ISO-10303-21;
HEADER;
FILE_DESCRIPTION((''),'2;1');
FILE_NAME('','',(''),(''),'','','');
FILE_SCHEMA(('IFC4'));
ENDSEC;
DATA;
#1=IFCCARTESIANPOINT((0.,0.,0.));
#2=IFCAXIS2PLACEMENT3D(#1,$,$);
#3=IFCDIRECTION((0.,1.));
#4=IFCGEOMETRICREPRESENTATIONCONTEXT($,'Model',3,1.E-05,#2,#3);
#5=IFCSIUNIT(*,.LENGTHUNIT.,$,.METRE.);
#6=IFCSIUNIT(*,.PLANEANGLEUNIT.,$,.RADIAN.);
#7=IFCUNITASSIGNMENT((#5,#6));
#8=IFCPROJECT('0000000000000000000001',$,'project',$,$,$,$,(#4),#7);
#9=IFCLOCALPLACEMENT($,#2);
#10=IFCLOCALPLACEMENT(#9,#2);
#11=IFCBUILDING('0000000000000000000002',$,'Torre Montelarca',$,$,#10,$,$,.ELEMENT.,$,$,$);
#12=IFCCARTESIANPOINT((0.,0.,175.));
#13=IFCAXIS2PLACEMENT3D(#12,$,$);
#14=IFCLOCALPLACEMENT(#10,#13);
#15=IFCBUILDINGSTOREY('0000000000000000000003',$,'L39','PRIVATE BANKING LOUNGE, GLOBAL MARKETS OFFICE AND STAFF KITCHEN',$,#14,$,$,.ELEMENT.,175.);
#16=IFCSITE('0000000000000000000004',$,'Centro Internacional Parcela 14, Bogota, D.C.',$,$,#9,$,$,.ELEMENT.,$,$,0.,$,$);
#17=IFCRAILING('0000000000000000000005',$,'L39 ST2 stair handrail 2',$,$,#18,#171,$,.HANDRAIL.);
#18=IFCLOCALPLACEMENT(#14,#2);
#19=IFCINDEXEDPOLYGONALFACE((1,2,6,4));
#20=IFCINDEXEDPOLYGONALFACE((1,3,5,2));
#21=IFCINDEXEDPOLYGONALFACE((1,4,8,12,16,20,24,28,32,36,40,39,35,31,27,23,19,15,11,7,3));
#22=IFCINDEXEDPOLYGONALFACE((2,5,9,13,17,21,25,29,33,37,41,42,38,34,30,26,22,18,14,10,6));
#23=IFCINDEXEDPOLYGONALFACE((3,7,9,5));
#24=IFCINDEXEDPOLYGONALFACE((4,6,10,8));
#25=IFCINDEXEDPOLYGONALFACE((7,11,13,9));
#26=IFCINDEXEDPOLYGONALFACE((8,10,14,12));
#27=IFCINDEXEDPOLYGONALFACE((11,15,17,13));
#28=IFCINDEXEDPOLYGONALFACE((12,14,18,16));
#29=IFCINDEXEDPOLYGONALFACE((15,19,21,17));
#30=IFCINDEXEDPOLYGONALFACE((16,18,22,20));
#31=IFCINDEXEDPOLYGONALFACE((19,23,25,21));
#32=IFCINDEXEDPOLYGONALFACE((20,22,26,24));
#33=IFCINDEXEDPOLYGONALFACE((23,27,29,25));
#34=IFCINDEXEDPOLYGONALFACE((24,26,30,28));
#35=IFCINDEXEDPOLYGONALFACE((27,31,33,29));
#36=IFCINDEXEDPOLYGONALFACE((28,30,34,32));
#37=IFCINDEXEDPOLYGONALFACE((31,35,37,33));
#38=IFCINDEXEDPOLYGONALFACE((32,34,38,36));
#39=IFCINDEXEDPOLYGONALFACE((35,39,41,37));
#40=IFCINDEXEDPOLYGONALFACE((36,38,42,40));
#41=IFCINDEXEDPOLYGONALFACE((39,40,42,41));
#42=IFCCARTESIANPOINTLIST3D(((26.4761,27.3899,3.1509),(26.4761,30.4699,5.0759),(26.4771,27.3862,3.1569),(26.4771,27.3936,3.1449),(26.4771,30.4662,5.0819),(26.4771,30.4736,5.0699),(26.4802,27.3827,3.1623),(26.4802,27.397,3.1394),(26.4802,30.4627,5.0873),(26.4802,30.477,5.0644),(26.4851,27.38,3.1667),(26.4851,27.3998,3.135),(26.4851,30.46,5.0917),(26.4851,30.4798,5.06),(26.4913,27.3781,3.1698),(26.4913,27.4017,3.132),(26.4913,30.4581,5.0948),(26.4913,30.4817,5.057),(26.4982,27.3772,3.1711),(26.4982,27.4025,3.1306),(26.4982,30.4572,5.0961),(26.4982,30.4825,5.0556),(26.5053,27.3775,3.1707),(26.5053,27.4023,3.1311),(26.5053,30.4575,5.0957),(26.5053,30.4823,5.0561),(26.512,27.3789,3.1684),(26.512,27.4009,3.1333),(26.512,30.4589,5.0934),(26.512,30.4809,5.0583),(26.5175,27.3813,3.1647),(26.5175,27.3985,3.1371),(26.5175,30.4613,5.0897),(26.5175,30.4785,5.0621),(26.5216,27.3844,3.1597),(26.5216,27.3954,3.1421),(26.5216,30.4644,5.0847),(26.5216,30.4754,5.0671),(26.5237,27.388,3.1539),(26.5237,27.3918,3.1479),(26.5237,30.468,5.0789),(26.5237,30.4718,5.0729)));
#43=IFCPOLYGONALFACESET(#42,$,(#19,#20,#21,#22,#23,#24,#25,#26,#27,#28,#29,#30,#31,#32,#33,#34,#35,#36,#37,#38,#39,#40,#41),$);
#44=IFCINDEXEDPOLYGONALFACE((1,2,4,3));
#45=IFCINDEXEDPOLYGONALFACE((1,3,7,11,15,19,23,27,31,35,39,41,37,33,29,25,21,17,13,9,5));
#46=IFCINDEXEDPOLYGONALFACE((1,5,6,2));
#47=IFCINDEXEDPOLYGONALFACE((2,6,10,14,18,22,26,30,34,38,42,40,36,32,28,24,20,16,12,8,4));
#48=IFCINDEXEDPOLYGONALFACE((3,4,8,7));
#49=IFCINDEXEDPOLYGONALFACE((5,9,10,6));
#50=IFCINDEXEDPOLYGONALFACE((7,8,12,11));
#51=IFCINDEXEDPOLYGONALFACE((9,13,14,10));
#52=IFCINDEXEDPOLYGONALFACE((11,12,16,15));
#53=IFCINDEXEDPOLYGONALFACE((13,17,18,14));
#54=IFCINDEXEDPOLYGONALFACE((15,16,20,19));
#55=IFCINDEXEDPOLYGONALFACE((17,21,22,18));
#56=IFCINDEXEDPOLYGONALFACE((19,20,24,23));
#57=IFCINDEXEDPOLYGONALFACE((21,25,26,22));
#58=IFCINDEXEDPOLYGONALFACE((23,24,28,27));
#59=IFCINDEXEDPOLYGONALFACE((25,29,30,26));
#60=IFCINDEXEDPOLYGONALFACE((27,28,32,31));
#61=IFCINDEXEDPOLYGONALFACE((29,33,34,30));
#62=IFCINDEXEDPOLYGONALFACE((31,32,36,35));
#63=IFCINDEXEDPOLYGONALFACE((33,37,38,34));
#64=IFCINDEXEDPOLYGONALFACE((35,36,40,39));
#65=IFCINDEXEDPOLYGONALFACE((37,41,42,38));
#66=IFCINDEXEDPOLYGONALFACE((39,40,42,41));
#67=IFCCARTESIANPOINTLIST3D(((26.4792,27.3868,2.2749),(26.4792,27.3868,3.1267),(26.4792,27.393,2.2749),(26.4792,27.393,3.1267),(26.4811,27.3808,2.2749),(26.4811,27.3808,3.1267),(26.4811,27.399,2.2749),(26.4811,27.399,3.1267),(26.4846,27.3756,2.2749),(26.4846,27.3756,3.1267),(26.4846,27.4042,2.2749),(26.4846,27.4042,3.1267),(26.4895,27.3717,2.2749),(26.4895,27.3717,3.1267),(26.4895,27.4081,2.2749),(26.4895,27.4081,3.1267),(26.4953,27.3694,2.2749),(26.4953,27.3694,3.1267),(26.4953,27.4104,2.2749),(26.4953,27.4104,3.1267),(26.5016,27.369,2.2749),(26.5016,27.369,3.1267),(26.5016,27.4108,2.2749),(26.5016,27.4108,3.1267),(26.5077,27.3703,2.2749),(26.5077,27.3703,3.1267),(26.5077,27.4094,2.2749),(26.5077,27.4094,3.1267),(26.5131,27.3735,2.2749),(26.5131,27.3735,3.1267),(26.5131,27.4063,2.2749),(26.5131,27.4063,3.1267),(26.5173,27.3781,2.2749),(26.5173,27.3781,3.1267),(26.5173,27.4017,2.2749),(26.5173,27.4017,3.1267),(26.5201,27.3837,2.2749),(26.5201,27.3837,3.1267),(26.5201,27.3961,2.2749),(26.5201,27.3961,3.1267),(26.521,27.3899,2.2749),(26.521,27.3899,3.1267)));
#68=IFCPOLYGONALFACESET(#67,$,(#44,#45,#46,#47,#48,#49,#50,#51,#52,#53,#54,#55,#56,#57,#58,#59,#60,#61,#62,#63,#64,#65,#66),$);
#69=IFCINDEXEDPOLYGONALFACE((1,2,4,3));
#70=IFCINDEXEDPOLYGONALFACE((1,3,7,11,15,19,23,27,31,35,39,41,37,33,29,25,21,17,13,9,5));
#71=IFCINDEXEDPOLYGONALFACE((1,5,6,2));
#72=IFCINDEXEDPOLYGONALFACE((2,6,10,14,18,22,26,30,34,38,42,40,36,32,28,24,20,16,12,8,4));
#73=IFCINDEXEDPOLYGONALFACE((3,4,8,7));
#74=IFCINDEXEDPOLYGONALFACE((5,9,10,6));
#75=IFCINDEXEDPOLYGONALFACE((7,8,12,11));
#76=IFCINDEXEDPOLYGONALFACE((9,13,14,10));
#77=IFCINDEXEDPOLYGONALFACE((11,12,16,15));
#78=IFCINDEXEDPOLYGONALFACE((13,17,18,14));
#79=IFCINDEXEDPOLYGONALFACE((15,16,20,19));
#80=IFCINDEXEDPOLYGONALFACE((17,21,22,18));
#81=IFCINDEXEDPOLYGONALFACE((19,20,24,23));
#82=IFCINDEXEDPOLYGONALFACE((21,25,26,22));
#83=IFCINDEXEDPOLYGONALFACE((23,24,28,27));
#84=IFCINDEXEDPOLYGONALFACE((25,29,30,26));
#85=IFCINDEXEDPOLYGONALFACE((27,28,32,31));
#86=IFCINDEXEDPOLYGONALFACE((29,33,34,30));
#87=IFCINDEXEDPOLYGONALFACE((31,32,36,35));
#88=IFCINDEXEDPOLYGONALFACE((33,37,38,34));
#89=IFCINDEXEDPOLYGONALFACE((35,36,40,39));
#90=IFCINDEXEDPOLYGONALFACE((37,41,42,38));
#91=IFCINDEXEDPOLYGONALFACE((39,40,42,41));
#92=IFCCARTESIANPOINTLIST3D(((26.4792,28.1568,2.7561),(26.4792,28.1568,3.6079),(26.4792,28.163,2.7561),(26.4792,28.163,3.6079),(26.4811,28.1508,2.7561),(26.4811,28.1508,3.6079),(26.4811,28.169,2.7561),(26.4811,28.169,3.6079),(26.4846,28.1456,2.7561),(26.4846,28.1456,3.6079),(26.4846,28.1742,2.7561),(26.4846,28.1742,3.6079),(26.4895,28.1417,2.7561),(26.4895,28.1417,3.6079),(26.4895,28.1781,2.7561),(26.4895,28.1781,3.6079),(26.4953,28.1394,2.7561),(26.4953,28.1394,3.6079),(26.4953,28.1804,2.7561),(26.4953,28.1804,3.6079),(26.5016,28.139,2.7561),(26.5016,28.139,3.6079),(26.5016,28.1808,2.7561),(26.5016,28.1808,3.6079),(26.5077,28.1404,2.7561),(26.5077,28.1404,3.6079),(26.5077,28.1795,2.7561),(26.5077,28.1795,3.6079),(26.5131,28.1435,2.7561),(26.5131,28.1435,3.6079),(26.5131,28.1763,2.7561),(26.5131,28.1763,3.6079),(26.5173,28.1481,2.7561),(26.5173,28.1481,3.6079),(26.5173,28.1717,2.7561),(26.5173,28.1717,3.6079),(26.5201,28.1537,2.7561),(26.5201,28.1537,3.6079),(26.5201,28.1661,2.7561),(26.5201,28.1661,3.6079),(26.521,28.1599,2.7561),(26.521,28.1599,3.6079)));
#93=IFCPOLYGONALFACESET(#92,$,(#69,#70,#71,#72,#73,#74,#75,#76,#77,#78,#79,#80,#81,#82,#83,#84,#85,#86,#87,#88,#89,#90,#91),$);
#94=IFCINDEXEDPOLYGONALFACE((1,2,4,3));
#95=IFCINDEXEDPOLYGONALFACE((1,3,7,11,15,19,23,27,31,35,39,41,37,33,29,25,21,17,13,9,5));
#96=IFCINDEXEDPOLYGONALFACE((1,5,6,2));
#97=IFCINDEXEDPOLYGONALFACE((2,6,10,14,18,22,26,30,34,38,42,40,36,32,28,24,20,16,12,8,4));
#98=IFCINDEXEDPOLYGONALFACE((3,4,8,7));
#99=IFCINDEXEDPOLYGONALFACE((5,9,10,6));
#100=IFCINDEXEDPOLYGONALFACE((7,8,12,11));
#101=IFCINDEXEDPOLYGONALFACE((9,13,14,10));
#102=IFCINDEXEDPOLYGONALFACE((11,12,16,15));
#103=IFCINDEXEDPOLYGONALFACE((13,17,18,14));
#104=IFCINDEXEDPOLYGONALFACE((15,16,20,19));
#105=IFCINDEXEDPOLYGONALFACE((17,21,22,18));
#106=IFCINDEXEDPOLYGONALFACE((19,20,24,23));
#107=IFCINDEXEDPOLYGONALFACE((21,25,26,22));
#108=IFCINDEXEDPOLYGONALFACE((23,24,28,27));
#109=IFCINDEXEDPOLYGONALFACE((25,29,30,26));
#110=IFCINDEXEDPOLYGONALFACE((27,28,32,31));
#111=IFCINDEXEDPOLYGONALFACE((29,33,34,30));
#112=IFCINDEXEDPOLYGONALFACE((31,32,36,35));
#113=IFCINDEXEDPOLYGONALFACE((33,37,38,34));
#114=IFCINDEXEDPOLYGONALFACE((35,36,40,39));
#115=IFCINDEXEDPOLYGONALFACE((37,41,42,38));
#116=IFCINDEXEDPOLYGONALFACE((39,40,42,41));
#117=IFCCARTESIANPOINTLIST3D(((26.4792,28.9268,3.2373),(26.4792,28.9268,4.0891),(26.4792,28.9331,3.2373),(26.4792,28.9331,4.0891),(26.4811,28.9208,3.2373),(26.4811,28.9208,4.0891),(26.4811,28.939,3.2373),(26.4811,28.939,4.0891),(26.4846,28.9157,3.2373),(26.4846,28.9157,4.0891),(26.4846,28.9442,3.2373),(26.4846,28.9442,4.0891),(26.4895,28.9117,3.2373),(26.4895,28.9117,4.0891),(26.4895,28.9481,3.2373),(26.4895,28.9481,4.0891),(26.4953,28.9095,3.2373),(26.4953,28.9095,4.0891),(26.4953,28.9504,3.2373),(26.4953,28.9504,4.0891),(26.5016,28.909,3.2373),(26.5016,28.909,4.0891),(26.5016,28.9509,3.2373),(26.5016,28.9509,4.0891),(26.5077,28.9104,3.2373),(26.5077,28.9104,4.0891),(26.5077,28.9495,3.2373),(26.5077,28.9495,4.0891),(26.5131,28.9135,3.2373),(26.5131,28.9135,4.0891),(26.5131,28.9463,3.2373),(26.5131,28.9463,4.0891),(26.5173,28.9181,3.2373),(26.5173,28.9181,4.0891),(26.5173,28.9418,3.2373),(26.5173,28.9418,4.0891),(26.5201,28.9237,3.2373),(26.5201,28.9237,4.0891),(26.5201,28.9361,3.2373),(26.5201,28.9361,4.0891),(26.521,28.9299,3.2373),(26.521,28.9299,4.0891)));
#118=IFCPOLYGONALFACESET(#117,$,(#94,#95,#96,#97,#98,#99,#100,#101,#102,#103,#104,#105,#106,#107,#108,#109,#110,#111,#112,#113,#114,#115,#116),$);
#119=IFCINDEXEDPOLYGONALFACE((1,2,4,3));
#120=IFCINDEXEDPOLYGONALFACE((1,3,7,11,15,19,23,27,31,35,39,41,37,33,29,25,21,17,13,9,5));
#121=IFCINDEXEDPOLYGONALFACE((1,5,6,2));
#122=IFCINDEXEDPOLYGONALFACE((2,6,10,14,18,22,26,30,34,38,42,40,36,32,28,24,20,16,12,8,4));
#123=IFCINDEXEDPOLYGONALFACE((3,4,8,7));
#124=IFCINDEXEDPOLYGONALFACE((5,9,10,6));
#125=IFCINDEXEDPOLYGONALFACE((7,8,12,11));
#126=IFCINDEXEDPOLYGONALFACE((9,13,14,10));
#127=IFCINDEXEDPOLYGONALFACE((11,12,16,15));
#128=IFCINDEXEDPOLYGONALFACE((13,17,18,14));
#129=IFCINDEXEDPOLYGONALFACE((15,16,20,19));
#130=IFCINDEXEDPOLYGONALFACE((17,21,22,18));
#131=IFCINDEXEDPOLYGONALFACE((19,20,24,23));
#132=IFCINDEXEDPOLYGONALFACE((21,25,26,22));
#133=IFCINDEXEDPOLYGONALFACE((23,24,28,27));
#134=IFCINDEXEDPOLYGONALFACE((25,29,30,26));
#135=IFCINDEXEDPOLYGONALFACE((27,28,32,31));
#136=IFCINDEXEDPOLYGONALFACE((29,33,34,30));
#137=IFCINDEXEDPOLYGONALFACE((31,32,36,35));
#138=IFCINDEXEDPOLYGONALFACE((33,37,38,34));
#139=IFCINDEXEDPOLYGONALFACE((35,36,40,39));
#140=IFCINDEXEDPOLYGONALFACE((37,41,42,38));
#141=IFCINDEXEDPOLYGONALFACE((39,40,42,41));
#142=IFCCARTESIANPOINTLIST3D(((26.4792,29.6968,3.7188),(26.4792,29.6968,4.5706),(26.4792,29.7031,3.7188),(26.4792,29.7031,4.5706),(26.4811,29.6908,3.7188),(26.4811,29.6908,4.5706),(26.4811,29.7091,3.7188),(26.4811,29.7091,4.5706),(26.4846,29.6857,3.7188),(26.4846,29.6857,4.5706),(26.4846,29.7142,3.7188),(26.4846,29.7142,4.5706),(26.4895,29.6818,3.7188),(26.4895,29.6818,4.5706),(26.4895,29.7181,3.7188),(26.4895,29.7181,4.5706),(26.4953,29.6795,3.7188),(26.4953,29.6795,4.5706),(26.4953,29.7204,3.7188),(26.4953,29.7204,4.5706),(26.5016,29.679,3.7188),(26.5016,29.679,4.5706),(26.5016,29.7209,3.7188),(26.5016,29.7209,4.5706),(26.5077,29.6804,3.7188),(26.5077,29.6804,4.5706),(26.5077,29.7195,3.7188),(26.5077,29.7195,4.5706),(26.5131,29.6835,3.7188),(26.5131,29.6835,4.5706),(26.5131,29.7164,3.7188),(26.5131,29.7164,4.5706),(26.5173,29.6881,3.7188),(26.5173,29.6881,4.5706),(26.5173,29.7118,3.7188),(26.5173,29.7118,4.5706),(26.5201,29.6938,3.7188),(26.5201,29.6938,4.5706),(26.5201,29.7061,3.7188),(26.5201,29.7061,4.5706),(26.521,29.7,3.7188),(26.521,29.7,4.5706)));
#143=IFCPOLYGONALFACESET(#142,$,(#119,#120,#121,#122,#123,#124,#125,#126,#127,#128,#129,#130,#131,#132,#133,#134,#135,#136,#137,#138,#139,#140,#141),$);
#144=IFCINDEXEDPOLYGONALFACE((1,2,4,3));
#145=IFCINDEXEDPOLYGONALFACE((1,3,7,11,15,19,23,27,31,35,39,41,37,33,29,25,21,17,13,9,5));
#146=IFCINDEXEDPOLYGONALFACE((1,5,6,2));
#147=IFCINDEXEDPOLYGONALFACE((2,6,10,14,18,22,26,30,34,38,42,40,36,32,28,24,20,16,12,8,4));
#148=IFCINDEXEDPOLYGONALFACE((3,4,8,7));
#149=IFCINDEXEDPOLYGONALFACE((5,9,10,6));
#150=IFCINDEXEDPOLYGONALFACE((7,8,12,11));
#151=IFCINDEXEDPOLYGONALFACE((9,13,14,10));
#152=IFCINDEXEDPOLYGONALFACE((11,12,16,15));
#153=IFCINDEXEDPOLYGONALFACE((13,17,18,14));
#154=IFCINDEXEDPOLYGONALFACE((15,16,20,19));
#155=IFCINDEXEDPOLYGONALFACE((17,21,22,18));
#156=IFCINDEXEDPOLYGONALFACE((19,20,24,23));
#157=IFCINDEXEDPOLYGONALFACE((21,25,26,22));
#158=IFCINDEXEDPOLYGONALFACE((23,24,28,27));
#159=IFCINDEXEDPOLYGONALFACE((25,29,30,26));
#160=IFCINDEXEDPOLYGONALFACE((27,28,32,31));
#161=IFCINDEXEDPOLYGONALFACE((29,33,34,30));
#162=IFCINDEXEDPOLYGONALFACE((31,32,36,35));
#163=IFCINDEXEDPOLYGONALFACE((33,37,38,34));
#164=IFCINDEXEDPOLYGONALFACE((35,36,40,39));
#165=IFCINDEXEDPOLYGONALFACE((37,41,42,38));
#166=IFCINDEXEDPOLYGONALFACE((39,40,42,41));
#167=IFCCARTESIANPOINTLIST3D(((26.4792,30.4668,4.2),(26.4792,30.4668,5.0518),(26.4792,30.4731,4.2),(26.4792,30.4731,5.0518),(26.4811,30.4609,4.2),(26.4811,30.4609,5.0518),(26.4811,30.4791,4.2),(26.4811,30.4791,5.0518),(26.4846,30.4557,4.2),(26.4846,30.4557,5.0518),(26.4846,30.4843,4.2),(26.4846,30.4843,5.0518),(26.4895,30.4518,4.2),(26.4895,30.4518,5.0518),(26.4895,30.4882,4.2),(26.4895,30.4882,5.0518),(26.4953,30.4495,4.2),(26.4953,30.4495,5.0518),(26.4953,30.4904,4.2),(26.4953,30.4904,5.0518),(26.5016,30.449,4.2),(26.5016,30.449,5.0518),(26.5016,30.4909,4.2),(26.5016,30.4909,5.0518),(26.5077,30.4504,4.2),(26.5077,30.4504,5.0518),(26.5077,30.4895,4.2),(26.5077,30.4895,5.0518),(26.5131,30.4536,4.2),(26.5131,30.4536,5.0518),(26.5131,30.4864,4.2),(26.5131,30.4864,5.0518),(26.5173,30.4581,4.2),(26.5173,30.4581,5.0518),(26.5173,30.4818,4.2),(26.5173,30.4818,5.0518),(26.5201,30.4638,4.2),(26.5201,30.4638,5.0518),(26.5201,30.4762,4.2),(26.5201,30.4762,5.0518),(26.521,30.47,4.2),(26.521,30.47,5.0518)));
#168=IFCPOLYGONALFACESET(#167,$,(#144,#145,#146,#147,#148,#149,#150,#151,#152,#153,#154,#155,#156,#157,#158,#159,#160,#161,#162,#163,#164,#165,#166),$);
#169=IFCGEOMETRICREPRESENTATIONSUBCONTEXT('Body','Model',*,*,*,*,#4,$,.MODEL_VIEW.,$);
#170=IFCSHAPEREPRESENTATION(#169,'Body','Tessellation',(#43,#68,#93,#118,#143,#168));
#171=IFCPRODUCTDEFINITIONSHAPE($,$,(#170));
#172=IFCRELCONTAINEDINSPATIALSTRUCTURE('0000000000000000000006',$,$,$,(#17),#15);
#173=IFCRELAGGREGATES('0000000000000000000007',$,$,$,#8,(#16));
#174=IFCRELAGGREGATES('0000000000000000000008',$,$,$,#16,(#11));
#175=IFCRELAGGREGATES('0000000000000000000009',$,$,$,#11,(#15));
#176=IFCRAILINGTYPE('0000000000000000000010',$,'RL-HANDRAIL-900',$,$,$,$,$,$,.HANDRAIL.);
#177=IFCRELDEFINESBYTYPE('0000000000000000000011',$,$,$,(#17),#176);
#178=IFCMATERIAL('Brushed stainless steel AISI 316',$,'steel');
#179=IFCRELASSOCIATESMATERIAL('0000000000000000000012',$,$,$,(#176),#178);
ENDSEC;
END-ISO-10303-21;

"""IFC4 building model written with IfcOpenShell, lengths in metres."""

from ifc_helpers import new_model, si_unit, direction, frame, origin, origin_2d, place, context, subcontext, project, spatial, circle, extrude, material, type_object, element, save


model = new_model("IFC4")

# Units and contexts
model_context = context("Model", 3, precision=1e-05, world=origin(), true_north=direction((0.0, 1.0)))
body_context = subcontext(model_context, "Body", "Model", "MODEL_VIEW")
ifc_project = project(units=[si_unit("LENGTHUNIT", "METRE"), si_unit("PLANEANGLEUNIT", "RADIAN")], contexts=[model_context])

# Site, building, storey
site_placement = place(None, origin())
site = spatial("IfcSite", under=ifc_project, at=site_placement, Name="Centro Internacional Parcela 14, Bogota, D.C.", CompositionType="ELEMENT", RefElevation=0.0)
building_placement = place(site_placement, origin())
building = spatial("IfcBuilding", under=site, at=building_placement, Name="Torre Montelarca", CompositionType="ELEMENT")
storey_placement = place(building_placement, frame((0.0, 0.0, 175.0)))
storey = spatial("IfcBuildingStorey", under=building, at=storey_placement, Name="L39", Description="PRIVATE BANKING LOUNGE, GLOBAL MARKETS OFFICE AND STAFF KITCHEN", CompositionType="ELEMENT", Elevation=175.0)

# Railing
ifc_material_1 = material(Name="Brushed stainless steel AISI 316", Category="steel")
railing_type_1 = type_object("IfcRailingType", Name="RL-HANDRAIL-900", PredefinedType="HANDRAIL", material=ifc_material_1)
railing_1_placement = place(storey_placement, frame((26.5, 27.3899, 2.2749)))
element("IfcRailing", 1, at=railing_1_placement, inside=storey, type_object=railing_type_1, Name="L39 ST2 stair handrail 2", PredefinedType="HANDRAIL", context=body_context, shape_type="SweptSolid", body=[
    extrude(circle(Radius=0.0239, at=origin_2d()), frame((0.0, 0.0, 0.876), z_axis=(0.0, 0.847998, 0.529999), x_axis=(-1.0, 0.0, 0.0)), (0.0, 0.0, 1.0), 3.6321),
    extrude(circle(Radius=0.021, at=origin_2d()), origin(), (0.0, 0.0, 1.0), 0.8518),
    extrude(circle(Radius=0.021, at=origin_2d()), frame((0.0, 0.77, 0.4812)), (0.0, 0.0, 1.0), 0.8518),
    extrude(circle(Radius=0.021, at=origin_2d()), frame((0.0, 1.54, 0.9624)), (0.0, 0.0, 1.0), 0.8518),
    extrude(circle(Radius=0.021, at=origin_2d()), frame((0.0, 2.3101, 1.4438)), (0.0, 0.0, 1.0), 0.8518),
    extrude(circle(Radius=0.021, at=origin_2d()), frame((0.0, 3.0801, 1.925)), (0.0, 0.0, 1.0), 0.8518),
])

save(model, "model.ifc")
